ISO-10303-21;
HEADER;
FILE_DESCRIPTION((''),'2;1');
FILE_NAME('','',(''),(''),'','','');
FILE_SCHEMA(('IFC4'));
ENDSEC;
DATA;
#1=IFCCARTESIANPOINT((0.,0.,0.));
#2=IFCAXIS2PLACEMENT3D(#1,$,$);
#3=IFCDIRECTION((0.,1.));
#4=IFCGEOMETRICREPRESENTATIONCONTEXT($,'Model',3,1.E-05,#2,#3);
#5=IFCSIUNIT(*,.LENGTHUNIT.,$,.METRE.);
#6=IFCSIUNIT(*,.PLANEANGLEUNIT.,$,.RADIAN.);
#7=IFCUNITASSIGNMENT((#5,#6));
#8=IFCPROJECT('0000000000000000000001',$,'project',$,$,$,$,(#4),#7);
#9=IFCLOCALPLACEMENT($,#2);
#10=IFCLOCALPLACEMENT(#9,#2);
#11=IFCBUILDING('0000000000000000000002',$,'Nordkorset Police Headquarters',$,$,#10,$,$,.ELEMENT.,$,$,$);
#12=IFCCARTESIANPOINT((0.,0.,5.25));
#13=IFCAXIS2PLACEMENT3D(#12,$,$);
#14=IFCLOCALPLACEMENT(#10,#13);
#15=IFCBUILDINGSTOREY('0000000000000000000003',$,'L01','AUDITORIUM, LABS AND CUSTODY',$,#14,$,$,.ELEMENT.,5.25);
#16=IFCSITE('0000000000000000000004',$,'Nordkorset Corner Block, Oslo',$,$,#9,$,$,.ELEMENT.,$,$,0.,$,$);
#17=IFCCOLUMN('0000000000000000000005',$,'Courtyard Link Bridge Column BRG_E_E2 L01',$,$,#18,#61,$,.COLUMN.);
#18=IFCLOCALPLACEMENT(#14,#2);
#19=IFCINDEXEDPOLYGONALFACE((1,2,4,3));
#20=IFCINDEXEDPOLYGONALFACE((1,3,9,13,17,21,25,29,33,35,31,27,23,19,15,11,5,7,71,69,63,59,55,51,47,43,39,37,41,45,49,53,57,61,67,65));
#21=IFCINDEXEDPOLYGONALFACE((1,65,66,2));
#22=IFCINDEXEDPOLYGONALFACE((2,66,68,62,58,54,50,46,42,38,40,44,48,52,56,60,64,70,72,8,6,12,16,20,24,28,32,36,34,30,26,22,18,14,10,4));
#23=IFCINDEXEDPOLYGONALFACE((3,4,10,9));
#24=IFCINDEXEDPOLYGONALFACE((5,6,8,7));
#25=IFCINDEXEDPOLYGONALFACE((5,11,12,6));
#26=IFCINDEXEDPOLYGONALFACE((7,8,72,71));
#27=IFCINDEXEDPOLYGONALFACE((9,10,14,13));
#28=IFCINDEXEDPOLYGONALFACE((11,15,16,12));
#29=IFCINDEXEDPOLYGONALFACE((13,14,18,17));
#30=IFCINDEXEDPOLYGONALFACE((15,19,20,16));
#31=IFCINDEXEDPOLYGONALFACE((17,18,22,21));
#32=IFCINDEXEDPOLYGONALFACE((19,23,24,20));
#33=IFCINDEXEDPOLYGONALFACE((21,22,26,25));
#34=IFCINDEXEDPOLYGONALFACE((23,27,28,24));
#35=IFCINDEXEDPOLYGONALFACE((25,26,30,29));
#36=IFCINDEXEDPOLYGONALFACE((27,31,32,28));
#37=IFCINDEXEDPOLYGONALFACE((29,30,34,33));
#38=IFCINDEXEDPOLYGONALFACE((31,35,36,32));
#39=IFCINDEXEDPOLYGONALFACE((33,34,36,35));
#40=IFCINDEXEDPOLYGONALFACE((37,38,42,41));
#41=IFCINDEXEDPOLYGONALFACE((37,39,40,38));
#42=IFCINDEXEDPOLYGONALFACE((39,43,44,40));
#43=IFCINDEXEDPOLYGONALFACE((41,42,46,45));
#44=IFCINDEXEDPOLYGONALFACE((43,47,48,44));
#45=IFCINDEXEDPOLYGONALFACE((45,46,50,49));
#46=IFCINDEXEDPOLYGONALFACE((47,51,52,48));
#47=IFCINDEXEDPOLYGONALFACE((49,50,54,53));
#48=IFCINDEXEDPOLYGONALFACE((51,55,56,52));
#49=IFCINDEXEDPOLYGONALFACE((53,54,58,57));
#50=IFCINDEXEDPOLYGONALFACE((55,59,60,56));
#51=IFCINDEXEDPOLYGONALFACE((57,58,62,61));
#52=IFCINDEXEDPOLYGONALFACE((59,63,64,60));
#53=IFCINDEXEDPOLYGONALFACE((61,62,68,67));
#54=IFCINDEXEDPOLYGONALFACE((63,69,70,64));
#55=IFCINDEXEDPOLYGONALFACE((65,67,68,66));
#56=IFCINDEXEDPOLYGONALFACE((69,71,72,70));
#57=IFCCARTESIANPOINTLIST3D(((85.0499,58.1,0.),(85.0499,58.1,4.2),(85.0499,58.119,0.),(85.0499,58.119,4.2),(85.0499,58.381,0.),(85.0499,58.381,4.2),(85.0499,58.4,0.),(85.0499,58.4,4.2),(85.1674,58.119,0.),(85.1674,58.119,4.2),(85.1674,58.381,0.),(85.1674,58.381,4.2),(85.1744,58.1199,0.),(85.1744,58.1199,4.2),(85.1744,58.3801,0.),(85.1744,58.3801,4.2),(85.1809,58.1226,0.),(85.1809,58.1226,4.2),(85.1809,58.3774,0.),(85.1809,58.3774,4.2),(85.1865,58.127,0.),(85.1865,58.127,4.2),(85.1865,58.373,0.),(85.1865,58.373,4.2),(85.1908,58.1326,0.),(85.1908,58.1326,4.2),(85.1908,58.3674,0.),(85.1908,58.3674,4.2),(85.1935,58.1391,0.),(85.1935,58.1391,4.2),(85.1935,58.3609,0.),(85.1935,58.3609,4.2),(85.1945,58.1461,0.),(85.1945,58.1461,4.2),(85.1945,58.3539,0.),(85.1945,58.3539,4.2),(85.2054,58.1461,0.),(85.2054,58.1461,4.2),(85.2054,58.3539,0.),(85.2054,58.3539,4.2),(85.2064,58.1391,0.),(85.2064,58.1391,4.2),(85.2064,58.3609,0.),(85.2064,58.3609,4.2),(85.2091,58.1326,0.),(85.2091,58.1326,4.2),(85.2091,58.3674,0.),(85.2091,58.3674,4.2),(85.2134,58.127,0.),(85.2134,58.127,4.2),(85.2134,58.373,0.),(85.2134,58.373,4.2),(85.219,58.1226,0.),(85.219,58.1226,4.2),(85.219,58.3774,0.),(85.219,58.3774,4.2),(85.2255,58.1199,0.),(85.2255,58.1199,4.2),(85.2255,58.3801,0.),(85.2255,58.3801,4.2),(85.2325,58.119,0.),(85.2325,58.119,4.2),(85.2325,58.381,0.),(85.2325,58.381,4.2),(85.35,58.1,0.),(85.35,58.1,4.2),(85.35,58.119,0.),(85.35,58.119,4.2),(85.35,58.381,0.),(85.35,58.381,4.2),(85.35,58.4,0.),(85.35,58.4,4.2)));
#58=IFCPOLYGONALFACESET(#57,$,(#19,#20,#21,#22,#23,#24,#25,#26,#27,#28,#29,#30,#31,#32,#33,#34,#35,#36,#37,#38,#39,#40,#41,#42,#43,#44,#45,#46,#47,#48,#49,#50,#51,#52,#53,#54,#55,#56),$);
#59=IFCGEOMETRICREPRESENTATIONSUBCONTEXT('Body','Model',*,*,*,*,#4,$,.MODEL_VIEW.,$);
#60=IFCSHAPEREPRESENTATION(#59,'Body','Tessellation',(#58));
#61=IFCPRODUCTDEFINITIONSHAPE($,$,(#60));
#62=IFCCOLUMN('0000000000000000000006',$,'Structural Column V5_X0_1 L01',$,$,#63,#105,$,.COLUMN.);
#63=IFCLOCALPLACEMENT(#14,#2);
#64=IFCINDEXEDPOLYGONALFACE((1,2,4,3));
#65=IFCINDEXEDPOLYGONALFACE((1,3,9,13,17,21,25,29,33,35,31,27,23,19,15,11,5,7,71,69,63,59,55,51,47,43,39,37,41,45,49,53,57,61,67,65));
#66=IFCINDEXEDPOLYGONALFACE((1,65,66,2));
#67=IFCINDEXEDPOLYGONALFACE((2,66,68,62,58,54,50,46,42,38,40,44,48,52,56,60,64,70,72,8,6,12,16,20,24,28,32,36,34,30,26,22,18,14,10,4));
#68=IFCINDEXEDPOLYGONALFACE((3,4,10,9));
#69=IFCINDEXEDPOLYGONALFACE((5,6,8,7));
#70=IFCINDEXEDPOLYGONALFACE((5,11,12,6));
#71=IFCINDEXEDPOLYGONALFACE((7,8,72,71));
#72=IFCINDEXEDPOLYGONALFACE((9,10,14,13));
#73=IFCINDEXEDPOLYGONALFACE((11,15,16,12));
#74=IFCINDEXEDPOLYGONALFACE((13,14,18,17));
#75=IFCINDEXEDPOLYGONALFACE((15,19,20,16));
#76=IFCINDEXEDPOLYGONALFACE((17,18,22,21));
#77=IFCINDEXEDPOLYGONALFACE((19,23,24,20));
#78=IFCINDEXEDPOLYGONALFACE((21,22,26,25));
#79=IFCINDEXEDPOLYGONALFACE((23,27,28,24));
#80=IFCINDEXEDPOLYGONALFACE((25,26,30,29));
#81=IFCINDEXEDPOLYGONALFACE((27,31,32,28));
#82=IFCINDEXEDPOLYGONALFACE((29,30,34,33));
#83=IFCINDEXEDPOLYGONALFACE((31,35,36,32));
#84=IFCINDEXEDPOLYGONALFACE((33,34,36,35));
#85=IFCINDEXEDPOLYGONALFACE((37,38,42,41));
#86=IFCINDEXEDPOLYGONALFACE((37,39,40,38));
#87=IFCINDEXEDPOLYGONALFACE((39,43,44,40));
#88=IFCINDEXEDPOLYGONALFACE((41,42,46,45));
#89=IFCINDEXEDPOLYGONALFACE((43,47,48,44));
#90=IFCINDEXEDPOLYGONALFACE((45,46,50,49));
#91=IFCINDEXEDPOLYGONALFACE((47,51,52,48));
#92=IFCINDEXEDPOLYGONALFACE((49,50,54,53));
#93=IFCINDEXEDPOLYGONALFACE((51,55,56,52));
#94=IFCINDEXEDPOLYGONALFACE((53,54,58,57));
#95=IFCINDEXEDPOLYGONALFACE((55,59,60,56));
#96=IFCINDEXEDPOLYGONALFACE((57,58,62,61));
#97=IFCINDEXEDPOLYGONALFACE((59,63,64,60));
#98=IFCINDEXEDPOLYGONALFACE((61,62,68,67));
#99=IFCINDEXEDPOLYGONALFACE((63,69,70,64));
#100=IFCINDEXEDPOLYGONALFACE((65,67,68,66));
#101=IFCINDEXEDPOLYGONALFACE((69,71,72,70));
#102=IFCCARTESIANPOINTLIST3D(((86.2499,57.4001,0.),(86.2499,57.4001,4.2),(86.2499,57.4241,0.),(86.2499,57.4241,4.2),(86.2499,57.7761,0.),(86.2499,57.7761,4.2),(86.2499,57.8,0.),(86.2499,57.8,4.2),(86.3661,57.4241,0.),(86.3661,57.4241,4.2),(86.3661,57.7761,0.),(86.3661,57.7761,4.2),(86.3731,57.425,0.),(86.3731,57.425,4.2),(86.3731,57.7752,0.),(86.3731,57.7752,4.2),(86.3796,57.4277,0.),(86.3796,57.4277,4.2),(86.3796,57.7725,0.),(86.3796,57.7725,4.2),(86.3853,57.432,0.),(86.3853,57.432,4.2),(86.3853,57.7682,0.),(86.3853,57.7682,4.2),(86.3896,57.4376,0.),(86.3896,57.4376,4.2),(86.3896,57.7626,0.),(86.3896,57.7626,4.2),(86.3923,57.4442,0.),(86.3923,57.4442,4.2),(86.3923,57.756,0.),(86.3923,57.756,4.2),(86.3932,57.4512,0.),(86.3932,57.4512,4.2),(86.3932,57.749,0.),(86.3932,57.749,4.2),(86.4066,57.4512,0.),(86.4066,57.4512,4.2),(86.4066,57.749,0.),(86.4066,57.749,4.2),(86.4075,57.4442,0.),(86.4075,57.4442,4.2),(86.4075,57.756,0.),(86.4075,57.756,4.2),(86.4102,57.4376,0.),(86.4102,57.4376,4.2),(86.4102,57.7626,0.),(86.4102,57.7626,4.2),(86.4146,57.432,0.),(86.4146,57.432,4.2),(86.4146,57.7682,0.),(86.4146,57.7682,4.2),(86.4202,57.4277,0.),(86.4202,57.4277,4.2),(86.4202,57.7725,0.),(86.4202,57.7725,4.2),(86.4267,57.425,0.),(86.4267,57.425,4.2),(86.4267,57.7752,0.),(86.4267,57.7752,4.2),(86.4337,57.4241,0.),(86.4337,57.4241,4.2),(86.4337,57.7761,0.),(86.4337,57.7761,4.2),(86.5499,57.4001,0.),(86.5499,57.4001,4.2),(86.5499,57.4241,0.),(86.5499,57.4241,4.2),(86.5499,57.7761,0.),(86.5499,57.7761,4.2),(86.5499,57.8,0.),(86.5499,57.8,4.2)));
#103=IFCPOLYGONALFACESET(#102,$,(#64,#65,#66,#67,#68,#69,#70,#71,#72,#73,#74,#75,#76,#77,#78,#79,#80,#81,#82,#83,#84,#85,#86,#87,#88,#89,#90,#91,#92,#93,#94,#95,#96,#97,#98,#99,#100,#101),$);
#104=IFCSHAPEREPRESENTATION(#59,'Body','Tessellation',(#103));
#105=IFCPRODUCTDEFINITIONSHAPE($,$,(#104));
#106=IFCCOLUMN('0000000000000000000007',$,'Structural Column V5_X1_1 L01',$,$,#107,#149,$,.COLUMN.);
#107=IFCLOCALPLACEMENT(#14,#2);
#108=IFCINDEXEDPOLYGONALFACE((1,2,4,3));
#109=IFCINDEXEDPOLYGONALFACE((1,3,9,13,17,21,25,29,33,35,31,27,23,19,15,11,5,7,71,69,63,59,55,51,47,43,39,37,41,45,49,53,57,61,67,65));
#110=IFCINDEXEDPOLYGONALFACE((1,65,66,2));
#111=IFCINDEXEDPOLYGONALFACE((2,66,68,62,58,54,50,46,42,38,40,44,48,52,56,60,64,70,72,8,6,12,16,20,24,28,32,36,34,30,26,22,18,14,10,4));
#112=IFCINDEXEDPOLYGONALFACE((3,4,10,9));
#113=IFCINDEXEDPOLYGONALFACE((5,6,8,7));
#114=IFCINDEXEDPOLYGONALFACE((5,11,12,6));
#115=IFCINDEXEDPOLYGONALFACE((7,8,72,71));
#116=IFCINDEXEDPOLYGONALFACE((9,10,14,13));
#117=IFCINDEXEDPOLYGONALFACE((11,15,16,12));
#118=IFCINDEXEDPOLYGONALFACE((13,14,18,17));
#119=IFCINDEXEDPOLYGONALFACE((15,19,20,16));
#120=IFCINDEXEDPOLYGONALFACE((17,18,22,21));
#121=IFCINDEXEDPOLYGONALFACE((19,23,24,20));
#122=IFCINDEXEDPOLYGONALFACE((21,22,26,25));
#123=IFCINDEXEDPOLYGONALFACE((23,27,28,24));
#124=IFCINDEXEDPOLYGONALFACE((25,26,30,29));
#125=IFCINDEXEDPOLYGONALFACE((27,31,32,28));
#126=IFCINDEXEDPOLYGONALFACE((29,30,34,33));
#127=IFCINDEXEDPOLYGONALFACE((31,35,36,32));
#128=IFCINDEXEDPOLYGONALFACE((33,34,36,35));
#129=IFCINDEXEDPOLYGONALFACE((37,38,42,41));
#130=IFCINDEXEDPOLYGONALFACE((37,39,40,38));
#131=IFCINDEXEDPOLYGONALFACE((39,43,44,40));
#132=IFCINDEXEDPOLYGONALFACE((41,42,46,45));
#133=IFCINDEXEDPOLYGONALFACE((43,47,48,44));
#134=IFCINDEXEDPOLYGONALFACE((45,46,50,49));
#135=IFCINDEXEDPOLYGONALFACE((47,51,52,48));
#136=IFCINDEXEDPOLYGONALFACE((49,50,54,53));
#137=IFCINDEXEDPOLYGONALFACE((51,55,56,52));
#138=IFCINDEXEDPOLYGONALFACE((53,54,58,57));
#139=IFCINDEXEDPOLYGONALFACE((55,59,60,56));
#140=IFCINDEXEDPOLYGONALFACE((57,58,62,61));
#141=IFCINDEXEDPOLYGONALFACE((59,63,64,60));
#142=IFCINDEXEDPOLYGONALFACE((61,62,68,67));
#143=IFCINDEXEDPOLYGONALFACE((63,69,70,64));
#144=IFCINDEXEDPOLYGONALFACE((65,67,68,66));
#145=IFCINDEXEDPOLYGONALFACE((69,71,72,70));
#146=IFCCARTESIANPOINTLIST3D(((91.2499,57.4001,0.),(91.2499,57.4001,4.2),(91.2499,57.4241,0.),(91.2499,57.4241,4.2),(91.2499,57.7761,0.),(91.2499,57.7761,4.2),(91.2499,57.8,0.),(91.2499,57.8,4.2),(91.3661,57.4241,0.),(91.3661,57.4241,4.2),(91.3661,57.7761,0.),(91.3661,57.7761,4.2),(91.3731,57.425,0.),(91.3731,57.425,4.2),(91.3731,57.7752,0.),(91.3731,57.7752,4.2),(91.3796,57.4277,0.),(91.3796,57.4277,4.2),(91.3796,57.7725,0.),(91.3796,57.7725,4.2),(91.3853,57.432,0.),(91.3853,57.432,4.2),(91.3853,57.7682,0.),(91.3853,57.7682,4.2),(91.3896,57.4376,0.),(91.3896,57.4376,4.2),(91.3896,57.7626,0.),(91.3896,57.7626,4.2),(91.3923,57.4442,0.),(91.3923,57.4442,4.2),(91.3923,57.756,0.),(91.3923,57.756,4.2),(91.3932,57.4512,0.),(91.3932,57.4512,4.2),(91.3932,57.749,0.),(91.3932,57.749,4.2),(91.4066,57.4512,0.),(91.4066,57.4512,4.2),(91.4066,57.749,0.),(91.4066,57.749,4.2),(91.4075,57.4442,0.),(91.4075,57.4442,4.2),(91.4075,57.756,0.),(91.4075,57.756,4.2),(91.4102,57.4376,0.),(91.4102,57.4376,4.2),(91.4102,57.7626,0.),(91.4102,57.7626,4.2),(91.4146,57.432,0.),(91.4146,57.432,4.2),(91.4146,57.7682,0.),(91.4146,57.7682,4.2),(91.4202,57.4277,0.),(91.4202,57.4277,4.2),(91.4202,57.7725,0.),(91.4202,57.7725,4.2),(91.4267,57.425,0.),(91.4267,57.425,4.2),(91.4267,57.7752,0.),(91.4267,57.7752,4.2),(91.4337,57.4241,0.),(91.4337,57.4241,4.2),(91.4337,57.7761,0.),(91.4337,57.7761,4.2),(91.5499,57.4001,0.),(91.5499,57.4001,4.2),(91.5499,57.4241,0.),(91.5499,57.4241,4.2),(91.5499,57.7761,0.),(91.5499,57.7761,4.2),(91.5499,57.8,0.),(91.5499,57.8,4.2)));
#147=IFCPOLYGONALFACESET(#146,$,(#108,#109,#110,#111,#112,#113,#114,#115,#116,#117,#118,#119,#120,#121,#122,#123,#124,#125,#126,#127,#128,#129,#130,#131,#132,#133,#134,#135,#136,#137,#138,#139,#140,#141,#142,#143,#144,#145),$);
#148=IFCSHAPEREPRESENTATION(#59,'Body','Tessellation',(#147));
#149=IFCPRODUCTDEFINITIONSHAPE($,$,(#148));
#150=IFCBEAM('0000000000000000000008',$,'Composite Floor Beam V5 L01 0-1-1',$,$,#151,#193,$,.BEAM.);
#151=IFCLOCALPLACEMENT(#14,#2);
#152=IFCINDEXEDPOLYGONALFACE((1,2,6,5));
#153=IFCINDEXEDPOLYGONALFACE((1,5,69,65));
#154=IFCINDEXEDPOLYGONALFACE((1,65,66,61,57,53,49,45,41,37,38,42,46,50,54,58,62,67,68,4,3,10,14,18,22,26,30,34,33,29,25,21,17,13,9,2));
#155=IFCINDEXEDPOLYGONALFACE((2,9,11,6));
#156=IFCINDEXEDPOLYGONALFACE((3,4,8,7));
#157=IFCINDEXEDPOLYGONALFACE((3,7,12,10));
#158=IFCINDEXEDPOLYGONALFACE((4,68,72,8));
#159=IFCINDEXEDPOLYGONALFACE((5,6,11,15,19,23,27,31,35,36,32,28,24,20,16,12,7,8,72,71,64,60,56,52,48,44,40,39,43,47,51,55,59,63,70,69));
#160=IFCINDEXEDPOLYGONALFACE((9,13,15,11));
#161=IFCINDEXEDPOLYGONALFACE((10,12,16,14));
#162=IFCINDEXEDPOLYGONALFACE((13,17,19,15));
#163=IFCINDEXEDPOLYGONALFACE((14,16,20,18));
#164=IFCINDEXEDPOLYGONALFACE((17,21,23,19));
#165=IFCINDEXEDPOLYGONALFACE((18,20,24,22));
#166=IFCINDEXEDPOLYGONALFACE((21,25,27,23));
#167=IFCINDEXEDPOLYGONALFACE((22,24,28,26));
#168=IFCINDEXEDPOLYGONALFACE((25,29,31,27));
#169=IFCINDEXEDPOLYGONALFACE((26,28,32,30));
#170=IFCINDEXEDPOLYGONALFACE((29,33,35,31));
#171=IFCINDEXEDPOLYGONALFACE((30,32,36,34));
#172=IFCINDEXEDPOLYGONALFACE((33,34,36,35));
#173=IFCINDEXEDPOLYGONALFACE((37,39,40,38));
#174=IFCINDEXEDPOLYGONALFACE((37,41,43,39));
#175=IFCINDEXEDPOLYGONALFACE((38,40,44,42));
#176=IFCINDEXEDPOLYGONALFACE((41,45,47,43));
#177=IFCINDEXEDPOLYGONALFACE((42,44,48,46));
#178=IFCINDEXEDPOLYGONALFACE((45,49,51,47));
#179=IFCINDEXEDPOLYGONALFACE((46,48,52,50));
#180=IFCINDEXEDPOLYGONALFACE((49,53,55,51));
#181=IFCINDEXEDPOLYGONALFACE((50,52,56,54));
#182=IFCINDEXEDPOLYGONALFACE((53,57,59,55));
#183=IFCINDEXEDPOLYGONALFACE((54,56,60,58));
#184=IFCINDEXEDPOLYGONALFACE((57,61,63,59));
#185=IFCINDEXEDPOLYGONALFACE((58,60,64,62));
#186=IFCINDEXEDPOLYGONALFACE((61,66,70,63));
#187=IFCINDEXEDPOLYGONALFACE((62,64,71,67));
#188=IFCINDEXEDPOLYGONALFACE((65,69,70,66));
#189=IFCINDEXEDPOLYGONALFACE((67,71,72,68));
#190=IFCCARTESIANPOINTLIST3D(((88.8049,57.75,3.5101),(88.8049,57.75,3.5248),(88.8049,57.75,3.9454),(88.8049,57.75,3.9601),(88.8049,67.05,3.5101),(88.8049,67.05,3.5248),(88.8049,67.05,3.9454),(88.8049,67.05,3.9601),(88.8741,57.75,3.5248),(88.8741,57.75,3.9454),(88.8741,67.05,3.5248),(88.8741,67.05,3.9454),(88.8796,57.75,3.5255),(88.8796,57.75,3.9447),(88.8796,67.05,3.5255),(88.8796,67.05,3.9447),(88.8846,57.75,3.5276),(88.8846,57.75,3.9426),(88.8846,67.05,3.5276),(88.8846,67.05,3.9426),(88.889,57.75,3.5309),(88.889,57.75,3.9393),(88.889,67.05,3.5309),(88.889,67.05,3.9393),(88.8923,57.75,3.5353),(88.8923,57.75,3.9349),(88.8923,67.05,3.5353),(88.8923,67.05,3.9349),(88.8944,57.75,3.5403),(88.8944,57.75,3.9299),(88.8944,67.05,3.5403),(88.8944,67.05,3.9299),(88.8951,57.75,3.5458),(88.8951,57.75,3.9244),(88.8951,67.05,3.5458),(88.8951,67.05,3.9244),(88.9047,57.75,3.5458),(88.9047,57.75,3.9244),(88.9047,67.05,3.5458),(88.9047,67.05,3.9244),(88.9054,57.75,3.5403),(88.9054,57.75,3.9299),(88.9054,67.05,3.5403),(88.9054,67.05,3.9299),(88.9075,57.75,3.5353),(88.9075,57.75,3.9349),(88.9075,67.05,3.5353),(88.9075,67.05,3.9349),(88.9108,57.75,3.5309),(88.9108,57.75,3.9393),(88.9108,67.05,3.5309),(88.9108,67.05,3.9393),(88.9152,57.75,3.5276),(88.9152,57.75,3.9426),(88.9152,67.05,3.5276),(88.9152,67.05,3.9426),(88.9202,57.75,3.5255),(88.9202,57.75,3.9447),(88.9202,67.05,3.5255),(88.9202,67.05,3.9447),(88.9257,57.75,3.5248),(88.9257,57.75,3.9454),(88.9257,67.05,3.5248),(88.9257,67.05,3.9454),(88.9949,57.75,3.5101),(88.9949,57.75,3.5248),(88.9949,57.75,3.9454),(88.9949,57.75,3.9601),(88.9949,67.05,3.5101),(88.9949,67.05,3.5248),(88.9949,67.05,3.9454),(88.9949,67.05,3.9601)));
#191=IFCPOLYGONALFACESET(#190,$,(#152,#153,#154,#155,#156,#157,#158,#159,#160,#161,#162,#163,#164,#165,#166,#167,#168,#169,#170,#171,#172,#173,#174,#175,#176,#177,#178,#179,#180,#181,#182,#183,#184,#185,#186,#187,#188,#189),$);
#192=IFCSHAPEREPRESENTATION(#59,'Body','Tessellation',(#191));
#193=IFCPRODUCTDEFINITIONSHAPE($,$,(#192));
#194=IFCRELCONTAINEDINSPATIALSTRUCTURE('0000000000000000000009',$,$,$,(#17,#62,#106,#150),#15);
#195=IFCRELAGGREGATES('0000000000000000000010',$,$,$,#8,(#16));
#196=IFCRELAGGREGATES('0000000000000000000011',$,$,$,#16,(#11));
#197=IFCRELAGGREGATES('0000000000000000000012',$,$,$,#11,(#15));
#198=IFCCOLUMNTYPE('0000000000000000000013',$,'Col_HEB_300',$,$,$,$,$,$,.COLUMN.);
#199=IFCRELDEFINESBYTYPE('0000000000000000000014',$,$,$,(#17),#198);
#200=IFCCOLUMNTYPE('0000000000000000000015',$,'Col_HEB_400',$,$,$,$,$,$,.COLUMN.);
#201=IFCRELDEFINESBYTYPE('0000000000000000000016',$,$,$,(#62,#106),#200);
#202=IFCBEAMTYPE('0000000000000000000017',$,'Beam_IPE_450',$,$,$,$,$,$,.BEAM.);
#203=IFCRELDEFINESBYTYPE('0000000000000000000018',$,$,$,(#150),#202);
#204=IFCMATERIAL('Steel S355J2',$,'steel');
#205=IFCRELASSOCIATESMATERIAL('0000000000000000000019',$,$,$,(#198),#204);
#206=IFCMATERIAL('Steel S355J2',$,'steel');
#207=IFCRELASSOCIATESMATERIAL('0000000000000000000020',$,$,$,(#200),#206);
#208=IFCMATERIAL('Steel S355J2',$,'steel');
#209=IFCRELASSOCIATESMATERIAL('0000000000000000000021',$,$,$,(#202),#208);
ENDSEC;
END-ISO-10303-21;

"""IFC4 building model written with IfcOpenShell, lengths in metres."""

from ifc_helpers import new_model, si_unit, direction, frame, origin, origin_2d, place, context, subcontext, project, spatial, i_section, extrude, material, material_profile, profile_set, type_object, element, save


model = new_model("IFC4")

# Units and contexts
model_context = context("Model", 3, precision=1e-05, world=origin(), true_north=direction((0.0, 1.0)))
body_context = subcontext(model_context, "Body", "Model", "MODEL_VIEW")
ifc_project = project(units=[si_unit("LENGTHUNIT", "METRE"), si_unit("PLANEANGLEUNIT", "RADIAN")], contexts=[model_context])

# Site, building, storey
site_placement = place(None, origin())
site = spatial("IfcSite", under=ifc_project, at=site_placement, Name="Nordkorset Corner Block, Oslo", CompositionType="ELEMENT", RefElevation=0.0)
building_placement = place(site_placement, origin())
building = spatial("IfcBuilding", under=site, at=building_placement, Name="Nordkorset Police Headquarters", CompositionType="ELEMENT")
storey_placement = place(building_placement, frame((0.0, 0.0, 5.25)))
storey = spatial("IfcBuildingStorey", under=building, at=storey_placement, Name="L01", Description="AUDITORIUM, LABS AND CUSTODY", CompositionType="ELEMENT", Elevation=5.25)

# Columns
ifc_material_1 = material(Name="Steel S355J2", Category="steel")
ifc_material_profile_1 = material_profile(ifc_material_1, i_section(OverallWidth=0.3, OverallDepth=0.3, WebThickness=0.011, FlangeThickness=0.019, FilletRadius=0.0271, at=origin_2d()), Name="HEB 300")
ifc_profile_set_1 = profile_set([ifc_material_profile_1], Name="Steel S355J2")
column_type_1 = type_object("IfcColumnType", Name="Col_HEB_300", PredefinedType="COLUMN", material=ifc_profile_set_1)
column_placement = place(storey_placement, frame((85.2, 58.25, 0.0), z_axis=(0.0, 0.0, 1.0), x_axis=(1.0, 0.0, 0.0)))
element("IfcColumn", 1, at=column_placement, inside=storey, type_object=column_type_1, Name="Courtyard Link Bridge Column BRG_E_E2 L01", PredefinedType="COLUMN", context=body_context, shape_type="SweptSolid", body=[
    extrude(i_section(OverallWidth=0.3, OverallDepth=0.3, WebThickness=0.011, FlangeThickness=0.019, FilletRadius=0.0271, at=origin_2d()), origin(), (0.0, 0.0, 1.0), 4.2),
])
ifc_material_2 = material(Name="Steel S355J2", Category="steel")
ifc_material_profile_2 = material_profile(ifc_material_2, i_section(OverallWidth=0.3, OverallDepth=0.3999, WebThickness=0.0134, FlangeThickness=0.0239, FilletRadius=0.0271, at=origin_2d()), Name="HEB 400")
ifc_profile_set_2 = profile_set([ifc_material_profile_2], Name="Steel S355J2")
column_type_2 = type_object("IfcColumnType", Name="Col_HEB_400", PredefinedType="COLUMN", material=ifc_profile_set_2)
for number, where, z_axis, x_axis, name in (
    (2, (86.3999, 57.6001, 0.0), (0.0, 0.0, 1.0), (1.0, 0.0, 0.0), "Structural Column V5_X0_1 L01"),
    (3, (91.3999, 57.6001, 0.0), (0.0, 0.0, 1.0), (1.0, 0.0, 0.0), "Structural Column V5_X1_1 L01"),
):
    element("IfcColumn", number, at=place(storey_placement, frame(where, z_axis=z_axis, x_axis=x_axis)), inside=storey, type_object=column_type_2, Name=name, PredefinedType="COLUMN", context=body_context, shape_type="SweptSolid", body=[
        extrude(i_section(OverallWidth=0.3, OverallDepth=0.3999, WebThickness=0.0134, FlangeThickness=0.0239, FilletRadius=0.0271, at=origin_2d()), origin(), (0.0, 0.0, 1.0), 4.2),
    ])

# Beam
ifc_material_3 = material(Name="Steel S355J2", Category="steel")
ifc_material_profile_3 = material_profile(ifc_material_3, i_section(OverallWidth=0.1899, OverallDepth=0.45, WebThickness=0.0095, FlangeThickness=0.0146, FilletRadius=0.021, at=origin_2d()), Name="IPE 450")
ifc_profile_set_3 = profile_set([ifc_material_profile_3], Name="Steel S355J2")
beam_type_1 = type_object("IfcBeamType", Name="Beam_IPE_450", PredefinedType="BEAM", material=ifc_profile_set_3)
beam_1_placement = place(storey_placement, frame((88.8999, 57.75, 3.7351), z_axis=(0.0, 1.0, 0.0), x_axis=(-1.0, 0.0, 0.0)))
element("IfcBeam", 4, at=beam_1_placement, inside=storey, type_object=beam_type_1, Name="Composite Floor Beam V5 L01 0-1-1", PredefinedType="BEAM", context=body_context, shape_type="SweptSolid", body=[
    extrude(i_section(OverallWidth=0.1899, OverallDepth=0.45, WebThickness=0.0095, FlangeThickness=0.0146, FilletRadius=0.021, at=origin_2d()), origin(), (0.0, 0.0, 1.0), 9.3),
])

save(model, "model.ifc")
